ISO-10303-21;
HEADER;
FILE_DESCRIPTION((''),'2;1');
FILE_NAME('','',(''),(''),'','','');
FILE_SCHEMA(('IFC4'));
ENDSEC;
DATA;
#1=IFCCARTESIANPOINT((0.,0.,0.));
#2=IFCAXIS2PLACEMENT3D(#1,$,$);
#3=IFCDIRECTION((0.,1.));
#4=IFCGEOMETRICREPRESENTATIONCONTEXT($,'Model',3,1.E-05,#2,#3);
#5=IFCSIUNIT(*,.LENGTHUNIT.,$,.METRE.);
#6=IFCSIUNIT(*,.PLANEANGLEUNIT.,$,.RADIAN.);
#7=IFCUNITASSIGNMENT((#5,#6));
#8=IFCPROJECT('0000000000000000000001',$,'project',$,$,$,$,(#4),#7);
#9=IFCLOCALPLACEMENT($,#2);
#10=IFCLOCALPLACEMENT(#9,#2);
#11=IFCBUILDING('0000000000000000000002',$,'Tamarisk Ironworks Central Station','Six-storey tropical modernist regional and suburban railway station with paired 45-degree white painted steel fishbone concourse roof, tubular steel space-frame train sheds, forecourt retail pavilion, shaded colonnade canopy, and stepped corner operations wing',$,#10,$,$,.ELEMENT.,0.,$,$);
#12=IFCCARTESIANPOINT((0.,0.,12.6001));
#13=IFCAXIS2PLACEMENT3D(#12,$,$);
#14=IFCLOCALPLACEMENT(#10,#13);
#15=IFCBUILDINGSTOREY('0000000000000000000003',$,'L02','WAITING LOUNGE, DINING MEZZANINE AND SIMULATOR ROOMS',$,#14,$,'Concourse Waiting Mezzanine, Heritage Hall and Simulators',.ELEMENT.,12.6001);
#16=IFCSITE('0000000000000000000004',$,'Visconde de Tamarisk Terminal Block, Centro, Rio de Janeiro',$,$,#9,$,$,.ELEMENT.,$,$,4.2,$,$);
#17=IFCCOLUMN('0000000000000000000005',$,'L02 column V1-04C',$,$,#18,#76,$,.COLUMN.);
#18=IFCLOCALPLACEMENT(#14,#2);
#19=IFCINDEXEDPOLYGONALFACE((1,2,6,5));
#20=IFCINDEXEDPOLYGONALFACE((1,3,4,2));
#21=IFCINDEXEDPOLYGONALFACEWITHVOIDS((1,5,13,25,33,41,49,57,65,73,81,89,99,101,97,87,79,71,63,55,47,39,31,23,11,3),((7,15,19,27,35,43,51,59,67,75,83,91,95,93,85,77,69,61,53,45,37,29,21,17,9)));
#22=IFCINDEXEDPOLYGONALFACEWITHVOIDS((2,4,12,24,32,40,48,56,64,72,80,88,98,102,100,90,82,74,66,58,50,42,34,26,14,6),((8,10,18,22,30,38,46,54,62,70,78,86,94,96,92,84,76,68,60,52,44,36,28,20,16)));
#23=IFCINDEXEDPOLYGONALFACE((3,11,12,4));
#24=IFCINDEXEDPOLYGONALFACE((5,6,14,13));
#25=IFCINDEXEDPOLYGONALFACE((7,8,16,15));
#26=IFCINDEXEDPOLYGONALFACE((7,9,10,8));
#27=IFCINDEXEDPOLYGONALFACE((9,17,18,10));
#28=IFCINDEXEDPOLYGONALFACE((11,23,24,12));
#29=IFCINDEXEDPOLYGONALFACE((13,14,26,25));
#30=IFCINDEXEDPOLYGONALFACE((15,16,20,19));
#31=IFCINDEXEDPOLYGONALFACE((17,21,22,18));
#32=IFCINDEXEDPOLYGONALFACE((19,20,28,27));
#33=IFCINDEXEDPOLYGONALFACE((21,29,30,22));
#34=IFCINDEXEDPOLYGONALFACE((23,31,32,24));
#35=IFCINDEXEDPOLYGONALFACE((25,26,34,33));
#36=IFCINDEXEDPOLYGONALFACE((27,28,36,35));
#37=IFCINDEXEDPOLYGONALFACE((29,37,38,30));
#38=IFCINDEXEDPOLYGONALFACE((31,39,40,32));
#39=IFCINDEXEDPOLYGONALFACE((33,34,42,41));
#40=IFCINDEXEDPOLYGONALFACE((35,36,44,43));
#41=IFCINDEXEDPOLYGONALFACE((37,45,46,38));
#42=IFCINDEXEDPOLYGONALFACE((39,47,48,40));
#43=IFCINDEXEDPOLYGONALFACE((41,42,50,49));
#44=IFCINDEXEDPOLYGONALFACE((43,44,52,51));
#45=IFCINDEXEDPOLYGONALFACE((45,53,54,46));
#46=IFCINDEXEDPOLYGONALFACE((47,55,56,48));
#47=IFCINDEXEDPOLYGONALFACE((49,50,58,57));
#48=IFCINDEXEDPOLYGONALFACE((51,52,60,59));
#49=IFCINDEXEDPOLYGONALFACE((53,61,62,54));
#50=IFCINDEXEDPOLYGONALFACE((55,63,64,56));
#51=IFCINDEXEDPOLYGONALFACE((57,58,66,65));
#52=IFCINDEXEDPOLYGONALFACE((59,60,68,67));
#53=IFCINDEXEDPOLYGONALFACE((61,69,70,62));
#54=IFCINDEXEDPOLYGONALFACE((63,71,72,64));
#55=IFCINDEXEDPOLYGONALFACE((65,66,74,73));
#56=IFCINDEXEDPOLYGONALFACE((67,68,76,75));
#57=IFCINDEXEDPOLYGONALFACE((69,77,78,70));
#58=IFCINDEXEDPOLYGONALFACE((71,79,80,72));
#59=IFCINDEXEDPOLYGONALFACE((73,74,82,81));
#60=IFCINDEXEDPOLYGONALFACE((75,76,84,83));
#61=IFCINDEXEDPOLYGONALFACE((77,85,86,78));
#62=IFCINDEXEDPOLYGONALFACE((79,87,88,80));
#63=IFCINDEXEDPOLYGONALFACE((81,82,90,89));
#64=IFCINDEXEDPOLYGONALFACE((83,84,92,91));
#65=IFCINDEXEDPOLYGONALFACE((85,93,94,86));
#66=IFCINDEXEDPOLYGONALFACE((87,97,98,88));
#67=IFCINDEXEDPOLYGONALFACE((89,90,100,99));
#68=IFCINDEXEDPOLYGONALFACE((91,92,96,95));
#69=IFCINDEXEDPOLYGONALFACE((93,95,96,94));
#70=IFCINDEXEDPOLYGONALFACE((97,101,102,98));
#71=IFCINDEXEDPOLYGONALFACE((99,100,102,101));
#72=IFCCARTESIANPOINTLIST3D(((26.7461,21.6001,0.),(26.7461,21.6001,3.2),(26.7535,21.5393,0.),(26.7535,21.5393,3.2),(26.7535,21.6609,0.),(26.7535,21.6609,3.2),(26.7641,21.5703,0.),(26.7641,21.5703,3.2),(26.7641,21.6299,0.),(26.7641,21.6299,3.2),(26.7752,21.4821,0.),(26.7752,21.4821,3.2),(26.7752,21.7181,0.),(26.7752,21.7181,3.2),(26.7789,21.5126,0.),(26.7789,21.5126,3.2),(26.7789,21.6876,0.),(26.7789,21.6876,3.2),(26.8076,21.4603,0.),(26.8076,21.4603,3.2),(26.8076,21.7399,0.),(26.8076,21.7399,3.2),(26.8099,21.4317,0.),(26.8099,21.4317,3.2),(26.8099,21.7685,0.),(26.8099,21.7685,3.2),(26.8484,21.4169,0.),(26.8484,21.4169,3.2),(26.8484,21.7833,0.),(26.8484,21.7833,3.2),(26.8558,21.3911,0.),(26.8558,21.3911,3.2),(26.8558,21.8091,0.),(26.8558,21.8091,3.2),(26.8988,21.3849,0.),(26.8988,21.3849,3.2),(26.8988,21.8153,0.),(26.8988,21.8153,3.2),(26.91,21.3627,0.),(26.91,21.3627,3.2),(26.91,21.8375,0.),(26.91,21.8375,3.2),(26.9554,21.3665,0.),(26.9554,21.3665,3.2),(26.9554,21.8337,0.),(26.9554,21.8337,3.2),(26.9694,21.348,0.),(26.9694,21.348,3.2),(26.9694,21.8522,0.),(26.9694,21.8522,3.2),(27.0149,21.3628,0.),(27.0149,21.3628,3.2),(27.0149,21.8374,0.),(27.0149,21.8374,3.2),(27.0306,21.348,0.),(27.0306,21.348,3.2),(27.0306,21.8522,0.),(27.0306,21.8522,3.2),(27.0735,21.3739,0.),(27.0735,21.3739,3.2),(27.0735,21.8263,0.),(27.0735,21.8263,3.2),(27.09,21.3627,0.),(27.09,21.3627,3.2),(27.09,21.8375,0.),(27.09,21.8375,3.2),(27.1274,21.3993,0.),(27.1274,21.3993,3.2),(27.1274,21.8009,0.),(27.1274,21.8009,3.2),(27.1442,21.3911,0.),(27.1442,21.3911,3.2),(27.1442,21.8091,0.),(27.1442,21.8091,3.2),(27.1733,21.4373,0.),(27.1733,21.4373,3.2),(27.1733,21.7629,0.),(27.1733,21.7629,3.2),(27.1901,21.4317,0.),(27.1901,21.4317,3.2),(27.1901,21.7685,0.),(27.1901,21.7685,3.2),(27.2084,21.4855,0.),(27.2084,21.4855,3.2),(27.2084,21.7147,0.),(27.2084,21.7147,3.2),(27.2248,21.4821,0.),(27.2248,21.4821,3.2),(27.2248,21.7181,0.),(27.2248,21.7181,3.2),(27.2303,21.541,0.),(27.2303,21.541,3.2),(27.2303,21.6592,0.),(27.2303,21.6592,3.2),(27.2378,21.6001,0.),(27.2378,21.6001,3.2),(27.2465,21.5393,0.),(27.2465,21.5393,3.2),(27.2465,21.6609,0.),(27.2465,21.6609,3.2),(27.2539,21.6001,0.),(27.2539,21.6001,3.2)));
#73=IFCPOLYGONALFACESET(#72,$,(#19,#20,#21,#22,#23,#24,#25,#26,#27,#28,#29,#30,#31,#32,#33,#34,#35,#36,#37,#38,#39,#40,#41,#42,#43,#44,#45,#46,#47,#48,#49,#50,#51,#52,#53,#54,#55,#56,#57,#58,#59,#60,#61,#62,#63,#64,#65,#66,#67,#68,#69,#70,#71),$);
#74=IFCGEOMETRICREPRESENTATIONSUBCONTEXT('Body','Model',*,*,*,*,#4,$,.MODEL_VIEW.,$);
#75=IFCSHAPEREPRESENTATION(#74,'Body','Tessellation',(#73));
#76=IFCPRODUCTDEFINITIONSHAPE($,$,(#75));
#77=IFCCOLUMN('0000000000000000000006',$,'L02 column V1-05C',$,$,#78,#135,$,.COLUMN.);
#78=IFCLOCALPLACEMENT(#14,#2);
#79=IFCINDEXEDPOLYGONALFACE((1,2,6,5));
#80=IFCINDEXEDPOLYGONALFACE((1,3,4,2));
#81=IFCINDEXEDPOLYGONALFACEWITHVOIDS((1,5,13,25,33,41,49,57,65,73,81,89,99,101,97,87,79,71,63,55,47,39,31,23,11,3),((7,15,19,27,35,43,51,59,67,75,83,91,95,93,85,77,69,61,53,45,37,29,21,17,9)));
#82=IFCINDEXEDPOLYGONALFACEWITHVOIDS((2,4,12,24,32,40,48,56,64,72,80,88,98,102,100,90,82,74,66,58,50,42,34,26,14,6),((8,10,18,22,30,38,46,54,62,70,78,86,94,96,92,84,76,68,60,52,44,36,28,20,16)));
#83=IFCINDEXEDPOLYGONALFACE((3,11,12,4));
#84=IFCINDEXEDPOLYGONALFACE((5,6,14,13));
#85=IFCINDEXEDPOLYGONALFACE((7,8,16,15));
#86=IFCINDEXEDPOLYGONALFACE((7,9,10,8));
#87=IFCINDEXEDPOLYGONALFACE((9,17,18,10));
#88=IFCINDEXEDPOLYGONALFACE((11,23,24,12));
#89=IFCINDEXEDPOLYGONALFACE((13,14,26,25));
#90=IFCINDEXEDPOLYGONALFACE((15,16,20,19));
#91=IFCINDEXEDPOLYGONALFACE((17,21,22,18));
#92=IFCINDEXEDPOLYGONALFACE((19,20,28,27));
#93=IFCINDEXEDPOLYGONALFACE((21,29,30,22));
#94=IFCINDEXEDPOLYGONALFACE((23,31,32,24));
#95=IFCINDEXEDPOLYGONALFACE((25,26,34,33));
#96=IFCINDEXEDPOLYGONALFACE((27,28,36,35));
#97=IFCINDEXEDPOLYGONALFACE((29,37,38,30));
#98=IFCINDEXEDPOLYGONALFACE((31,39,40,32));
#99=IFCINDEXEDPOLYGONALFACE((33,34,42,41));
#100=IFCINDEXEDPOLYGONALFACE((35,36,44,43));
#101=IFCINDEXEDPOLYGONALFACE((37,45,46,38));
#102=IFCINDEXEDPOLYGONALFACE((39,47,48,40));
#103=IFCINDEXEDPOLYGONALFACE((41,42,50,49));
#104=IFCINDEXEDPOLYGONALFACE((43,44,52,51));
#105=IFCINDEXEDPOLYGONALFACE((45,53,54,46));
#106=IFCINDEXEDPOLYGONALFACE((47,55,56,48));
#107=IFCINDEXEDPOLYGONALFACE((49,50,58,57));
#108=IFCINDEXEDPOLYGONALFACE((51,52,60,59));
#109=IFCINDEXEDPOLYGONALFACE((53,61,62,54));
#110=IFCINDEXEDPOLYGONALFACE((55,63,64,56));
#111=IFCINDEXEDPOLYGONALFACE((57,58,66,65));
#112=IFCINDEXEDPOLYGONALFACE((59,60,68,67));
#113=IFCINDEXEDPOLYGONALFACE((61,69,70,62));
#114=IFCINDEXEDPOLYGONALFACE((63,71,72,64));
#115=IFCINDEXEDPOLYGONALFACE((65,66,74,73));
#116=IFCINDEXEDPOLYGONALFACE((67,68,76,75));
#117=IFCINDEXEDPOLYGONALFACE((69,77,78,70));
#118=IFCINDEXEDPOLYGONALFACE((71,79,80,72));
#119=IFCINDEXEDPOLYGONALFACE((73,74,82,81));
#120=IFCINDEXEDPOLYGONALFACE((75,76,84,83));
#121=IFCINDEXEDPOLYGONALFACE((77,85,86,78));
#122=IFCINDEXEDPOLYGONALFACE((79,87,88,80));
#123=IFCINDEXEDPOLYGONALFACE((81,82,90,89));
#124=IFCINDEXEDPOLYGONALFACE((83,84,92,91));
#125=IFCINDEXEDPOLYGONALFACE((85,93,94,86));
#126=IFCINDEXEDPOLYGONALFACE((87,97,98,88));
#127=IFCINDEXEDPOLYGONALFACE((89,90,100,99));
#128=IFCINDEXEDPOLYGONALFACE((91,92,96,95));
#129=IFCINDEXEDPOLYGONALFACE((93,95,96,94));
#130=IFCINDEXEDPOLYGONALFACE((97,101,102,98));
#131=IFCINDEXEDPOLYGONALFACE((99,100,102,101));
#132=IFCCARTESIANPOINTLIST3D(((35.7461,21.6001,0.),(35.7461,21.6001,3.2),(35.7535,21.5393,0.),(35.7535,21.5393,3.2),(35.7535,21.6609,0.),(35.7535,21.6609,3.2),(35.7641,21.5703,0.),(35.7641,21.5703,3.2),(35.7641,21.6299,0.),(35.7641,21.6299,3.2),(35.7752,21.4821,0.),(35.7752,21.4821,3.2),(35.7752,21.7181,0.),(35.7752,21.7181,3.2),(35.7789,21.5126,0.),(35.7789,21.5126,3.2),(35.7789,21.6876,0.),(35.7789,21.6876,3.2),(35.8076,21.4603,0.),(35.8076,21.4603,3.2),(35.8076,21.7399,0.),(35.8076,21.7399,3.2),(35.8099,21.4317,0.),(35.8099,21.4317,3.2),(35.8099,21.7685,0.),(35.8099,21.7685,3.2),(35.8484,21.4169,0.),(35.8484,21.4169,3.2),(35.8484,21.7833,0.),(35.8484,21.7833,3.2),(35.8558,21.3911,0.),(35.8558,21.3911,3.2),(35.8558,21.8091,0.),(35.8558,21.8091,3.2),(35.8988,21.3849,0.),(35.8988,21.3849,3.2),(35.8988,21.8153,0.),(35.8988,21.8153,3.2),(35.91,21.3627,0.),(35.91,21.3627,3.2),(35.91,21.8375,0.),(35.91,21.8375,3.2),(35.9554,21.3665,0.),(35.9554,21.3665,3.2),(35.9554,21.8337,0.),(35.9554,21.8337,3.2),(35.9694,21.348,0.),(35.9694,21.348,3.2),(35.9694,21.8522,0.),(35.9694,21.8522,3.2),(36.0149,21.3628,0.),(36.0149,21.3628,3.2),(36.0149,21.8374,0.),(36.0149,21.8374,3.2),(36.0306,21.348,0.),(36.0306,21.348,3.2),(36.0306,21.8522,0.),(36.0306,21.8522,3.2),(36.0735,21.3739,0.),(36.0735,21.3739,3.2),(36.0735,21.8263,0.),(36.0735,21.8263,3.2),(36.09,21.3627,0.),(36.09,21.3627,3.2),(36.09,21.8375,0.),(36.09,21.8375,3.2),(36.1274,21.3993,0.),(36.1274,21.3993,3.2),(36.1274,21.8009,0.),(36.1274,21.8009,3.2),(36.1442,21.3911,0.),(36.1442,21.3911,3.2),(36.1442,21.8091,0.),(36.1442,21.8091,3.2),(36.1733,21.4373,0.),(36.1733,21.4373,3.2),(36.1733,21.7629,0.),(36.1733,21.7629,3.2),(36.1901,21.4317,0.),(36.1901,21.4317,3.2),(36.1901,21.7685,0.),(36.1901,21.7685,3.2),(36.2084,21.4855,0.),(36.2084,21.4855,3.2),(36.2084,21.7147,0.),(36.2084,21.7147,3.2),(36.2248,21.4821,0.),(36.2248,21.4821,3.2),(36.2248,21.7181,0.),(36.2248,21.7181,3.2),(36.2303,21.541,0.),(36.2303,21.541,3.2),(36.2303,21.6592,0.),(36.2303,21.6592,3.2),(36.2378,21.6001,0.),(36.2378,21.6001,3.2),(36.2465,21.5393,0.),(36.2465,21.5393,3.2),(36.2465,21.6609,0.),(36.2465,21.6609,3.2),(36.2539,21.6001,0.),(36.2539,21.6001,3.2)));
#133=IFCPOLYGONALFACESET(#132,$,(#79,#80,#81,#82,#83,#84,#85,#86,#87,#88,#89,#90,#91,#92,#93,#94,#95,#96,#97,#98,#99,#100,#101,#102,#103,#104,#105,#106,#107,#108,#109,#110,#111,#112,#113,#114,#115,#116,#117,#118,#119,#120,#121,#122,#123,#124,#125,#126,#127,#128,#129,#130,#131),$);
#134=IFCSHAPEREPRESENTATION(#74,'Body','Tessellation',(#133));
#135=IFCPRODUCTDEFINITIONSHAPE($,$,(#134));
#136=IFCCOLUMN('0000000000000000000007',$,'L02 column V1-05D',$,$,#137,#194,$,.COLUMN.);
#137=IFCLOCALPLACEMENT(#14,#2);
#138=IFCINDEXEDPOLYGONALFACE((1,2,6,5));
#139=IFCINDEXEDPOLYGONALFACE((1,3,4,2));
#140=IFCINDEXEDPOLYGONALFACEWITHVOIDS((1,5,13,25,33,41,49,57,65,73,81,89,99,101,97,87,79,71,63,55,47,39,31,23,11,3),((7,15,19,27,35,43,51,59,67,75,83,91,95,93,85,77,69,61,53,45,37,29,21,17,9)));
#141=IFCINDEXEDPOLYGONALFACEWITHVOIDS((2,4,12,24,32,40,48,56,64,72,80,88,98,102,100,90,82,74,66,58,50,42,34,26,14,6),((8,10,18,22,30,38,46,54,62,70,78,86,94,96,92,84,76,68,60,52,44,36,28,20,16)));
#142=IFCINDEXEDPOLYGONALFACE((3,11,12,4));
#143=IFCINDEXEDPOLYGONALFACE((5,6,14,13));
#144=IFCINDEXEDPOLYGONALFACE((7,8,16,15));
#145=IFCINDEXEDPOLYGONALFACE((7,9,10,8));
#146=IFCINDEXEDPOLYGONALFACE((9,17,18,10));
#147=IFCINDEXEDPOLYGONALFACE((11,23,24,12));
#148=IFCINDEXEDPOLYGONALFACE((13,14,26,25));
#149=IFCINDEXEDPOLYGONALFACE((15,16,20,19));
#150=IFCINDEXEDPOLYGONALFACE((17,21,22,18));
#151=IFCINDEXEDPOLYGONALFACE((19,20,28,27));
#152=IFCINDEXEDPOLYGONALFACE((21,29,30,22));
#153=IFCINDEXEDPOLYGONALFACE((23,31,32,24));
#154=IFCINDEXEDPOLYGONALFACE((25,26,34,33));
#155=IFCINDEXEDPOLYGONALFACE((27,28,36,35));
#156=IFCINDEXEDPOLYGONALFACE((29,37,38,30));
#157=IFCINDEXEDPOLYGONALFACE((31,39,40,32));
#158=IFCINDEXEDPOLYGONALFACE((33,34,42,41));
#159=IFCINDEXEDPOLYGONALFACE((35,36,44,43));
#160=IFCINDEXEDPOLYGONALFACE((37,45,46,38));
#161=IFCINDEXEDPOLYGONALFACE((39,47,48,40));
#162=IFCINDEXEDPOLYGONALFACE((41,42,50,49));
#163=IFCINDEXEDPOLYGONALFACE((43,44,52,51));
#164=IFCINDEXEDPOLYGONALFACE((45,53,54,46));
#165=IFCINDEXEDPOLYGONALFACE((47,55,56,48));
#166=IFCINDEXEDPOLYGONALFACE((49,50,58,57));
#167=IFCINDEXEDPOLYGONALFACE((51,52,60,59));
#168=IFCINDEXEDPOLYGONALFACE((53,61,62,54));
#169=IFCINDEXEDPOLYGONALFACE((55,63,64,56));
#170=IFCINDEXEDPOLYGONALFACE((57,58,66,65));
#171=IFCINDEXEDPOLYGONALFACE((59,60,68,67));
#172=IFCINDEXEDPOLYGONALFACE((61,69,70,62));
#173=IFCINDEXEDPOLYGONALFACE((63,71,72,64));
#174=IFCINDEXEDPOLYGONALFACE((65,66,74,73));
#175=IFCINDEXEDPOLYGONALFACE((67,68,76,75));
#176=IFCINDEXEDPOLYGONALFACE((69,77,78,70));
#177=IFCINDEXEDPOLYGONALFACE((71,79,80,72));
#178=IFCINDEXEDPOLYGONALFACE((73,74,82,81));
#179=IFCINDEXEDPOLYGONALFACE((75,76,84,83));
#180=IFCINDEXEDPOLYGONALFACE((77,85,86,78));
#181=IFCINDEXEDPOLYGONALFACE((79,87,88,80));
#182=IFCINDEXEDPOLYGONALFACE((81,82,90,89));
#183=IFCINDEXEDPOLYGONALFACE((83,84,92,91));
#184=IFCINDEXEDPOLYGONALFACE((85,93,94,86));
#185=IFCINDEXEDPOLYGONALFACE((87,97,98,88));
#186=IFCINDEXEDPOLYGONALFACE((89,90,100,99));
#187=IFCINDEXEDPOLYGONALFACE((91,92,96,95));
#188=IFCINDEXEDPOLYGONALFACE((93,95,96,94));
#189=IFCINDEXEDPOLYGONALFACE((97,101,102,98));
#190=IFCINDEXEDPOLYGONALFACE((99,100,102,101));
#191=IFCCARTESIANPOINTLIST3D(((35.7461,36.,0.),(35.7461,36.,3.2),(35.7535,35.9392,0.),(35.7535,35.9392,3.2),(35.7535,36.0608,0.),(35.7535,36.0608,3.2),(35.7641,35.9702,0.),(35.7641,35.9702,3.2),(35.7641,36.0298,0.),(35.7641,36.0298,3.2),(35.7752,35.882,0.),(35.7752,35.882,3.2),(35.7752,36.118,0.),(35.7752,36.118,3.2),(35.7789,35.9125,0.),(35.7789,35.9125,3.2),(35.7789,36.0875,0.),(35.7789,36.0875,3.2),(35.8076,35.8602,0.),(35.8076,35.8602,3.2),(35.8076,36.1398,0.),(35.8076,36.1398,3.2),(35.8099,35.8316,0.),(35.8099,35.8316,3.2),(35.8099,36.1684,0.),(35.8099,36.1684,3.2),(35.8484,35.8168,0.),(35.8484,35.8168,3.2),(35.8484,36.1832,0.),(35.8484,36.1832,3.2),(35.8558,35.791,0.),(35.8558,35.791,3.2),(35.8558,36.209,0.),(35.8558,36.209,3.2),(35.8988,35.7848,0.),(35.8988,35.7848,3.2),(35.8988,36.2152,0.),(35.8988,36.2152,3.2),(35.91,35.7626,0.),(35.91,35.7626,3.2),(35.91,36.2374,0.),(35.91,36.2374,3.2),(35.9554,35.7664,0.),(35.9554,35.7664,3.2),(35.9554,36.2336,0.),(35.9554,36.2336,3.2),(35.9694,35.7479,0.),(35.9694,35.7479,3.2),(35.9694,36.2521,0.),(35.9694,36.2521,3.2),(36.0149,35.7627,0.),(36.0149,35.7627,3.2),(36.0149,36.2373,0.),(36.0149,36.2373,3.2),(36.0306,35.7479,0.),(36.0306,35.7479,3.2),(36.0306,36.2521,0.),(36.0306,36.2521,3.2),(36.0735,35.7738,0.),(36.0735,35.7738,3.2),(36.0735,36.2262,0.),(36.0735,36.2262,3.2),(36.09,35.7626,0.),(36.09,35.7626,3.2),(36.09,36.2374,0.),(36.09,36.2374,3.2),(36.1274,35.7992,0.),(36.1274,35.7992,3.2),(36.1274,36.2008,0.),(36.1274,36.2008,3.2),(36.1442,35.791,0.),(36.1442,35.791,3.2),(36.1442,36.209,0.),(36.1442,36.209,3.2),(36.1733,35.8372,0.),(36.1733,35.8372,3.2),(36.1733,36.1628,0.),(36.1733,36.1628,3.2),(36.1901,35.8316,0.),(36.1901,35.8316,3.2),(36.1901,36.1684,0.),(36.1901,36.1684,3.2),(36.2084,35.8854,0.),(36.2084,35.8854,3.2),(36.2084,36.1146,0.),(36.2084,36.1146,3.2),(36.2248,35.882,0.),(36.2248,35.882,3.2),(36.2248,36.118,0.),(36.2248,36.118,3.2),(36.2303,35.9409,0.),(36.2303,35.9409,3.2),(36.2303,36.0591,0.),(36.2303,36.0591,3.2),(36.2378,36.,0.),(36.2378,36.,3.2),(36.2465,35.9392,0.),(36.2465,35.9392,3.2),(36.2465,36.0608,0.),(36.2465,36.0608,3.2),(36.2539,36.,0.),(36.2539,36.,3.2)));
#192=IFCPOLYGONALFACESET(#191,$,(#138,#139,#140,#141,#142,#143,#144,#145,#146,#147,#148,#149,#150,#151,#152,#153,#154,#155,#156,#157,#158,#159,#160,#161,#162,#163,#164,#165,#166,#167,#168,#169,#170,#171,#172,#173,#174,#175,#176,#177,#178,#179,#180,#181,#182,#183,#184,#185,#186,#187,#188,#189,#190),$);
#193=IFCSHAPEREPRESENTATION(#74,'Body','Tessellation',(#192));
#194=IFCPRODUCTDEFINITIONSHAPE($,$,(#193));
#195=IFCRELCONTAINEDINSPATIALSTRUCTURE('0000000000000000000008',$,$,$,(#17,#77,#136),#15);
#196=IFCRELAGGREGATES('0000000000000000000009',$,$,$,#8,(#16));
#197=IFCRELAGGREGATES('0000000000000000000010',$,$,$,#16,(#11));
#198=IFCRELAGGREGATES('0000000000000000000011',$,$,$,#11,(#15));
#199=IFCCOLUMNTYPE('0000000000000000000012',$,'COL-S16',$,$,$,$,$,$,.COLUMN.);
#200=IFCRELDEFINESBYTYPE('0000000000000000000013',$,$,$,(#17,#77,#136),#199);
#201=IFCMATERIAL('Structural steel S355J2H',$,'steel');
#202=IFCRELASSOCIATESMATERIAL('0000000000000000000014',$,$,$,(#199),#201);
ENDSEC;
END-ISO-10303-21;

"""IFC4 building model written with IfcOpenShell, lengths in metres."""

from ifc_helpers import new_model, si_unit, direction, frame, origin, origin_2d, place, context, subcontext, project, spatial, hollow_circle, extrude, material, material_profile, profile_set, type_object, element, save


model = new_model("IFC4")

# Units and contexts
model_context = context("Model", 3, precision=1e-05, world=origin(), true_north=direction((0.0, 1.0)))
body_context = subcontext(model_context, "Body", "Model", "MODEL_VIEW")
ifc_project = project(units=[si_unit("LENGTHUNIT", "METRE"), si_unit("PLANEANGLEUNIT", "RADIAN")], contexts=[model_context])

# Site, building, storey
site_placement = place(None, origin())
site = spatial("IfcSite", under=ifc_project, at=site_placement, Name="Visconde de Tamarisk Terminal Block, Centro, Rio de Janeiro", CompositionType="ELEMENT", RefElevation=4.2)
building_placement = place(site_placement, origin())
building = spatial("IfcBuilding", under=site, at=building_placement, Name="Tamarisk Ironworks Central Station", Description="Six-storey tropical modernist regional and suburban railway station with paired 45-degree white painted steel fishbone concourse roof, tubular steel space-frame train sheds, forecourt retail pavilion, shaded colonnade canopy, and stepped corner operations wing", CompositionType="ELEMENT", ElevationOfRefHeight=0.0)
storey_placement = place(building_placement, frame((0.0, 0.0, 12.6001)))
storey = spatial("IfcBuildingStorey", under=building, at=storey_placement, Name="L02", Description="WAITING LOUNGE, DINING MEZZANINE AND SIMULATOR ROOMS", LongName="Concourse Waiting Mezzanine, Heritage Hall and Simulators", CompositionType="ELEMENT", Elevation=12.6001)

# Columns
ifc_material_1 = material(Name="Structural steel S355J2H", Category="steel")
ifc_material_profile_1 = material_profile(ifc_material_1, hollow_circle(Radius=0.2539, WallThickness=0.0161, at=origin_2d()), Name="CHS 508x16")
ifc_profile_set_1 = profile_set([ifc_material_profile_1], Name="Structural steel S355J2H")
column_type_1 = type_object("IfcColumnType", Name="COL-S16", PredefinedType="COLUMN", material=ifc_profile_set_1)
for number, where, z_axis, x_axis, name in (
    (1, (27.0, 21.6001, 0.0), (0.0, 0.0, 1.0), (1.0, 0.0, 0.0), "L02 column V1-04C"),
    (2, (36.0, 21.6001, 0.0), (0.0, 0.0, 1.0), (1.0, 0.0, 0.0), "L02 column V1-05C"),
    (3, (36.0, 36.0, 0.0), (0.0, 0.0, 1.0), (1.0, 0.0, 0.0), "L02 column V1-05D"),
):
    element("IfcColumn", number, at=place(storey_placement, frame(where, z_axis=z_axis, x_axis=x_axis)), inside=storey, type_object=column_type_1, Name=name, PredefinedType="COLUMN", context=body_context, shape_type="SweptSolid", body=[
        extrude(hollow_circle(Radius=0.2539, WallThickness=0.0161, at=origin_2d()), origin(), (0.0, 0.0, 1.0), 3.2),
    ])

save(model, "model.ifc")
